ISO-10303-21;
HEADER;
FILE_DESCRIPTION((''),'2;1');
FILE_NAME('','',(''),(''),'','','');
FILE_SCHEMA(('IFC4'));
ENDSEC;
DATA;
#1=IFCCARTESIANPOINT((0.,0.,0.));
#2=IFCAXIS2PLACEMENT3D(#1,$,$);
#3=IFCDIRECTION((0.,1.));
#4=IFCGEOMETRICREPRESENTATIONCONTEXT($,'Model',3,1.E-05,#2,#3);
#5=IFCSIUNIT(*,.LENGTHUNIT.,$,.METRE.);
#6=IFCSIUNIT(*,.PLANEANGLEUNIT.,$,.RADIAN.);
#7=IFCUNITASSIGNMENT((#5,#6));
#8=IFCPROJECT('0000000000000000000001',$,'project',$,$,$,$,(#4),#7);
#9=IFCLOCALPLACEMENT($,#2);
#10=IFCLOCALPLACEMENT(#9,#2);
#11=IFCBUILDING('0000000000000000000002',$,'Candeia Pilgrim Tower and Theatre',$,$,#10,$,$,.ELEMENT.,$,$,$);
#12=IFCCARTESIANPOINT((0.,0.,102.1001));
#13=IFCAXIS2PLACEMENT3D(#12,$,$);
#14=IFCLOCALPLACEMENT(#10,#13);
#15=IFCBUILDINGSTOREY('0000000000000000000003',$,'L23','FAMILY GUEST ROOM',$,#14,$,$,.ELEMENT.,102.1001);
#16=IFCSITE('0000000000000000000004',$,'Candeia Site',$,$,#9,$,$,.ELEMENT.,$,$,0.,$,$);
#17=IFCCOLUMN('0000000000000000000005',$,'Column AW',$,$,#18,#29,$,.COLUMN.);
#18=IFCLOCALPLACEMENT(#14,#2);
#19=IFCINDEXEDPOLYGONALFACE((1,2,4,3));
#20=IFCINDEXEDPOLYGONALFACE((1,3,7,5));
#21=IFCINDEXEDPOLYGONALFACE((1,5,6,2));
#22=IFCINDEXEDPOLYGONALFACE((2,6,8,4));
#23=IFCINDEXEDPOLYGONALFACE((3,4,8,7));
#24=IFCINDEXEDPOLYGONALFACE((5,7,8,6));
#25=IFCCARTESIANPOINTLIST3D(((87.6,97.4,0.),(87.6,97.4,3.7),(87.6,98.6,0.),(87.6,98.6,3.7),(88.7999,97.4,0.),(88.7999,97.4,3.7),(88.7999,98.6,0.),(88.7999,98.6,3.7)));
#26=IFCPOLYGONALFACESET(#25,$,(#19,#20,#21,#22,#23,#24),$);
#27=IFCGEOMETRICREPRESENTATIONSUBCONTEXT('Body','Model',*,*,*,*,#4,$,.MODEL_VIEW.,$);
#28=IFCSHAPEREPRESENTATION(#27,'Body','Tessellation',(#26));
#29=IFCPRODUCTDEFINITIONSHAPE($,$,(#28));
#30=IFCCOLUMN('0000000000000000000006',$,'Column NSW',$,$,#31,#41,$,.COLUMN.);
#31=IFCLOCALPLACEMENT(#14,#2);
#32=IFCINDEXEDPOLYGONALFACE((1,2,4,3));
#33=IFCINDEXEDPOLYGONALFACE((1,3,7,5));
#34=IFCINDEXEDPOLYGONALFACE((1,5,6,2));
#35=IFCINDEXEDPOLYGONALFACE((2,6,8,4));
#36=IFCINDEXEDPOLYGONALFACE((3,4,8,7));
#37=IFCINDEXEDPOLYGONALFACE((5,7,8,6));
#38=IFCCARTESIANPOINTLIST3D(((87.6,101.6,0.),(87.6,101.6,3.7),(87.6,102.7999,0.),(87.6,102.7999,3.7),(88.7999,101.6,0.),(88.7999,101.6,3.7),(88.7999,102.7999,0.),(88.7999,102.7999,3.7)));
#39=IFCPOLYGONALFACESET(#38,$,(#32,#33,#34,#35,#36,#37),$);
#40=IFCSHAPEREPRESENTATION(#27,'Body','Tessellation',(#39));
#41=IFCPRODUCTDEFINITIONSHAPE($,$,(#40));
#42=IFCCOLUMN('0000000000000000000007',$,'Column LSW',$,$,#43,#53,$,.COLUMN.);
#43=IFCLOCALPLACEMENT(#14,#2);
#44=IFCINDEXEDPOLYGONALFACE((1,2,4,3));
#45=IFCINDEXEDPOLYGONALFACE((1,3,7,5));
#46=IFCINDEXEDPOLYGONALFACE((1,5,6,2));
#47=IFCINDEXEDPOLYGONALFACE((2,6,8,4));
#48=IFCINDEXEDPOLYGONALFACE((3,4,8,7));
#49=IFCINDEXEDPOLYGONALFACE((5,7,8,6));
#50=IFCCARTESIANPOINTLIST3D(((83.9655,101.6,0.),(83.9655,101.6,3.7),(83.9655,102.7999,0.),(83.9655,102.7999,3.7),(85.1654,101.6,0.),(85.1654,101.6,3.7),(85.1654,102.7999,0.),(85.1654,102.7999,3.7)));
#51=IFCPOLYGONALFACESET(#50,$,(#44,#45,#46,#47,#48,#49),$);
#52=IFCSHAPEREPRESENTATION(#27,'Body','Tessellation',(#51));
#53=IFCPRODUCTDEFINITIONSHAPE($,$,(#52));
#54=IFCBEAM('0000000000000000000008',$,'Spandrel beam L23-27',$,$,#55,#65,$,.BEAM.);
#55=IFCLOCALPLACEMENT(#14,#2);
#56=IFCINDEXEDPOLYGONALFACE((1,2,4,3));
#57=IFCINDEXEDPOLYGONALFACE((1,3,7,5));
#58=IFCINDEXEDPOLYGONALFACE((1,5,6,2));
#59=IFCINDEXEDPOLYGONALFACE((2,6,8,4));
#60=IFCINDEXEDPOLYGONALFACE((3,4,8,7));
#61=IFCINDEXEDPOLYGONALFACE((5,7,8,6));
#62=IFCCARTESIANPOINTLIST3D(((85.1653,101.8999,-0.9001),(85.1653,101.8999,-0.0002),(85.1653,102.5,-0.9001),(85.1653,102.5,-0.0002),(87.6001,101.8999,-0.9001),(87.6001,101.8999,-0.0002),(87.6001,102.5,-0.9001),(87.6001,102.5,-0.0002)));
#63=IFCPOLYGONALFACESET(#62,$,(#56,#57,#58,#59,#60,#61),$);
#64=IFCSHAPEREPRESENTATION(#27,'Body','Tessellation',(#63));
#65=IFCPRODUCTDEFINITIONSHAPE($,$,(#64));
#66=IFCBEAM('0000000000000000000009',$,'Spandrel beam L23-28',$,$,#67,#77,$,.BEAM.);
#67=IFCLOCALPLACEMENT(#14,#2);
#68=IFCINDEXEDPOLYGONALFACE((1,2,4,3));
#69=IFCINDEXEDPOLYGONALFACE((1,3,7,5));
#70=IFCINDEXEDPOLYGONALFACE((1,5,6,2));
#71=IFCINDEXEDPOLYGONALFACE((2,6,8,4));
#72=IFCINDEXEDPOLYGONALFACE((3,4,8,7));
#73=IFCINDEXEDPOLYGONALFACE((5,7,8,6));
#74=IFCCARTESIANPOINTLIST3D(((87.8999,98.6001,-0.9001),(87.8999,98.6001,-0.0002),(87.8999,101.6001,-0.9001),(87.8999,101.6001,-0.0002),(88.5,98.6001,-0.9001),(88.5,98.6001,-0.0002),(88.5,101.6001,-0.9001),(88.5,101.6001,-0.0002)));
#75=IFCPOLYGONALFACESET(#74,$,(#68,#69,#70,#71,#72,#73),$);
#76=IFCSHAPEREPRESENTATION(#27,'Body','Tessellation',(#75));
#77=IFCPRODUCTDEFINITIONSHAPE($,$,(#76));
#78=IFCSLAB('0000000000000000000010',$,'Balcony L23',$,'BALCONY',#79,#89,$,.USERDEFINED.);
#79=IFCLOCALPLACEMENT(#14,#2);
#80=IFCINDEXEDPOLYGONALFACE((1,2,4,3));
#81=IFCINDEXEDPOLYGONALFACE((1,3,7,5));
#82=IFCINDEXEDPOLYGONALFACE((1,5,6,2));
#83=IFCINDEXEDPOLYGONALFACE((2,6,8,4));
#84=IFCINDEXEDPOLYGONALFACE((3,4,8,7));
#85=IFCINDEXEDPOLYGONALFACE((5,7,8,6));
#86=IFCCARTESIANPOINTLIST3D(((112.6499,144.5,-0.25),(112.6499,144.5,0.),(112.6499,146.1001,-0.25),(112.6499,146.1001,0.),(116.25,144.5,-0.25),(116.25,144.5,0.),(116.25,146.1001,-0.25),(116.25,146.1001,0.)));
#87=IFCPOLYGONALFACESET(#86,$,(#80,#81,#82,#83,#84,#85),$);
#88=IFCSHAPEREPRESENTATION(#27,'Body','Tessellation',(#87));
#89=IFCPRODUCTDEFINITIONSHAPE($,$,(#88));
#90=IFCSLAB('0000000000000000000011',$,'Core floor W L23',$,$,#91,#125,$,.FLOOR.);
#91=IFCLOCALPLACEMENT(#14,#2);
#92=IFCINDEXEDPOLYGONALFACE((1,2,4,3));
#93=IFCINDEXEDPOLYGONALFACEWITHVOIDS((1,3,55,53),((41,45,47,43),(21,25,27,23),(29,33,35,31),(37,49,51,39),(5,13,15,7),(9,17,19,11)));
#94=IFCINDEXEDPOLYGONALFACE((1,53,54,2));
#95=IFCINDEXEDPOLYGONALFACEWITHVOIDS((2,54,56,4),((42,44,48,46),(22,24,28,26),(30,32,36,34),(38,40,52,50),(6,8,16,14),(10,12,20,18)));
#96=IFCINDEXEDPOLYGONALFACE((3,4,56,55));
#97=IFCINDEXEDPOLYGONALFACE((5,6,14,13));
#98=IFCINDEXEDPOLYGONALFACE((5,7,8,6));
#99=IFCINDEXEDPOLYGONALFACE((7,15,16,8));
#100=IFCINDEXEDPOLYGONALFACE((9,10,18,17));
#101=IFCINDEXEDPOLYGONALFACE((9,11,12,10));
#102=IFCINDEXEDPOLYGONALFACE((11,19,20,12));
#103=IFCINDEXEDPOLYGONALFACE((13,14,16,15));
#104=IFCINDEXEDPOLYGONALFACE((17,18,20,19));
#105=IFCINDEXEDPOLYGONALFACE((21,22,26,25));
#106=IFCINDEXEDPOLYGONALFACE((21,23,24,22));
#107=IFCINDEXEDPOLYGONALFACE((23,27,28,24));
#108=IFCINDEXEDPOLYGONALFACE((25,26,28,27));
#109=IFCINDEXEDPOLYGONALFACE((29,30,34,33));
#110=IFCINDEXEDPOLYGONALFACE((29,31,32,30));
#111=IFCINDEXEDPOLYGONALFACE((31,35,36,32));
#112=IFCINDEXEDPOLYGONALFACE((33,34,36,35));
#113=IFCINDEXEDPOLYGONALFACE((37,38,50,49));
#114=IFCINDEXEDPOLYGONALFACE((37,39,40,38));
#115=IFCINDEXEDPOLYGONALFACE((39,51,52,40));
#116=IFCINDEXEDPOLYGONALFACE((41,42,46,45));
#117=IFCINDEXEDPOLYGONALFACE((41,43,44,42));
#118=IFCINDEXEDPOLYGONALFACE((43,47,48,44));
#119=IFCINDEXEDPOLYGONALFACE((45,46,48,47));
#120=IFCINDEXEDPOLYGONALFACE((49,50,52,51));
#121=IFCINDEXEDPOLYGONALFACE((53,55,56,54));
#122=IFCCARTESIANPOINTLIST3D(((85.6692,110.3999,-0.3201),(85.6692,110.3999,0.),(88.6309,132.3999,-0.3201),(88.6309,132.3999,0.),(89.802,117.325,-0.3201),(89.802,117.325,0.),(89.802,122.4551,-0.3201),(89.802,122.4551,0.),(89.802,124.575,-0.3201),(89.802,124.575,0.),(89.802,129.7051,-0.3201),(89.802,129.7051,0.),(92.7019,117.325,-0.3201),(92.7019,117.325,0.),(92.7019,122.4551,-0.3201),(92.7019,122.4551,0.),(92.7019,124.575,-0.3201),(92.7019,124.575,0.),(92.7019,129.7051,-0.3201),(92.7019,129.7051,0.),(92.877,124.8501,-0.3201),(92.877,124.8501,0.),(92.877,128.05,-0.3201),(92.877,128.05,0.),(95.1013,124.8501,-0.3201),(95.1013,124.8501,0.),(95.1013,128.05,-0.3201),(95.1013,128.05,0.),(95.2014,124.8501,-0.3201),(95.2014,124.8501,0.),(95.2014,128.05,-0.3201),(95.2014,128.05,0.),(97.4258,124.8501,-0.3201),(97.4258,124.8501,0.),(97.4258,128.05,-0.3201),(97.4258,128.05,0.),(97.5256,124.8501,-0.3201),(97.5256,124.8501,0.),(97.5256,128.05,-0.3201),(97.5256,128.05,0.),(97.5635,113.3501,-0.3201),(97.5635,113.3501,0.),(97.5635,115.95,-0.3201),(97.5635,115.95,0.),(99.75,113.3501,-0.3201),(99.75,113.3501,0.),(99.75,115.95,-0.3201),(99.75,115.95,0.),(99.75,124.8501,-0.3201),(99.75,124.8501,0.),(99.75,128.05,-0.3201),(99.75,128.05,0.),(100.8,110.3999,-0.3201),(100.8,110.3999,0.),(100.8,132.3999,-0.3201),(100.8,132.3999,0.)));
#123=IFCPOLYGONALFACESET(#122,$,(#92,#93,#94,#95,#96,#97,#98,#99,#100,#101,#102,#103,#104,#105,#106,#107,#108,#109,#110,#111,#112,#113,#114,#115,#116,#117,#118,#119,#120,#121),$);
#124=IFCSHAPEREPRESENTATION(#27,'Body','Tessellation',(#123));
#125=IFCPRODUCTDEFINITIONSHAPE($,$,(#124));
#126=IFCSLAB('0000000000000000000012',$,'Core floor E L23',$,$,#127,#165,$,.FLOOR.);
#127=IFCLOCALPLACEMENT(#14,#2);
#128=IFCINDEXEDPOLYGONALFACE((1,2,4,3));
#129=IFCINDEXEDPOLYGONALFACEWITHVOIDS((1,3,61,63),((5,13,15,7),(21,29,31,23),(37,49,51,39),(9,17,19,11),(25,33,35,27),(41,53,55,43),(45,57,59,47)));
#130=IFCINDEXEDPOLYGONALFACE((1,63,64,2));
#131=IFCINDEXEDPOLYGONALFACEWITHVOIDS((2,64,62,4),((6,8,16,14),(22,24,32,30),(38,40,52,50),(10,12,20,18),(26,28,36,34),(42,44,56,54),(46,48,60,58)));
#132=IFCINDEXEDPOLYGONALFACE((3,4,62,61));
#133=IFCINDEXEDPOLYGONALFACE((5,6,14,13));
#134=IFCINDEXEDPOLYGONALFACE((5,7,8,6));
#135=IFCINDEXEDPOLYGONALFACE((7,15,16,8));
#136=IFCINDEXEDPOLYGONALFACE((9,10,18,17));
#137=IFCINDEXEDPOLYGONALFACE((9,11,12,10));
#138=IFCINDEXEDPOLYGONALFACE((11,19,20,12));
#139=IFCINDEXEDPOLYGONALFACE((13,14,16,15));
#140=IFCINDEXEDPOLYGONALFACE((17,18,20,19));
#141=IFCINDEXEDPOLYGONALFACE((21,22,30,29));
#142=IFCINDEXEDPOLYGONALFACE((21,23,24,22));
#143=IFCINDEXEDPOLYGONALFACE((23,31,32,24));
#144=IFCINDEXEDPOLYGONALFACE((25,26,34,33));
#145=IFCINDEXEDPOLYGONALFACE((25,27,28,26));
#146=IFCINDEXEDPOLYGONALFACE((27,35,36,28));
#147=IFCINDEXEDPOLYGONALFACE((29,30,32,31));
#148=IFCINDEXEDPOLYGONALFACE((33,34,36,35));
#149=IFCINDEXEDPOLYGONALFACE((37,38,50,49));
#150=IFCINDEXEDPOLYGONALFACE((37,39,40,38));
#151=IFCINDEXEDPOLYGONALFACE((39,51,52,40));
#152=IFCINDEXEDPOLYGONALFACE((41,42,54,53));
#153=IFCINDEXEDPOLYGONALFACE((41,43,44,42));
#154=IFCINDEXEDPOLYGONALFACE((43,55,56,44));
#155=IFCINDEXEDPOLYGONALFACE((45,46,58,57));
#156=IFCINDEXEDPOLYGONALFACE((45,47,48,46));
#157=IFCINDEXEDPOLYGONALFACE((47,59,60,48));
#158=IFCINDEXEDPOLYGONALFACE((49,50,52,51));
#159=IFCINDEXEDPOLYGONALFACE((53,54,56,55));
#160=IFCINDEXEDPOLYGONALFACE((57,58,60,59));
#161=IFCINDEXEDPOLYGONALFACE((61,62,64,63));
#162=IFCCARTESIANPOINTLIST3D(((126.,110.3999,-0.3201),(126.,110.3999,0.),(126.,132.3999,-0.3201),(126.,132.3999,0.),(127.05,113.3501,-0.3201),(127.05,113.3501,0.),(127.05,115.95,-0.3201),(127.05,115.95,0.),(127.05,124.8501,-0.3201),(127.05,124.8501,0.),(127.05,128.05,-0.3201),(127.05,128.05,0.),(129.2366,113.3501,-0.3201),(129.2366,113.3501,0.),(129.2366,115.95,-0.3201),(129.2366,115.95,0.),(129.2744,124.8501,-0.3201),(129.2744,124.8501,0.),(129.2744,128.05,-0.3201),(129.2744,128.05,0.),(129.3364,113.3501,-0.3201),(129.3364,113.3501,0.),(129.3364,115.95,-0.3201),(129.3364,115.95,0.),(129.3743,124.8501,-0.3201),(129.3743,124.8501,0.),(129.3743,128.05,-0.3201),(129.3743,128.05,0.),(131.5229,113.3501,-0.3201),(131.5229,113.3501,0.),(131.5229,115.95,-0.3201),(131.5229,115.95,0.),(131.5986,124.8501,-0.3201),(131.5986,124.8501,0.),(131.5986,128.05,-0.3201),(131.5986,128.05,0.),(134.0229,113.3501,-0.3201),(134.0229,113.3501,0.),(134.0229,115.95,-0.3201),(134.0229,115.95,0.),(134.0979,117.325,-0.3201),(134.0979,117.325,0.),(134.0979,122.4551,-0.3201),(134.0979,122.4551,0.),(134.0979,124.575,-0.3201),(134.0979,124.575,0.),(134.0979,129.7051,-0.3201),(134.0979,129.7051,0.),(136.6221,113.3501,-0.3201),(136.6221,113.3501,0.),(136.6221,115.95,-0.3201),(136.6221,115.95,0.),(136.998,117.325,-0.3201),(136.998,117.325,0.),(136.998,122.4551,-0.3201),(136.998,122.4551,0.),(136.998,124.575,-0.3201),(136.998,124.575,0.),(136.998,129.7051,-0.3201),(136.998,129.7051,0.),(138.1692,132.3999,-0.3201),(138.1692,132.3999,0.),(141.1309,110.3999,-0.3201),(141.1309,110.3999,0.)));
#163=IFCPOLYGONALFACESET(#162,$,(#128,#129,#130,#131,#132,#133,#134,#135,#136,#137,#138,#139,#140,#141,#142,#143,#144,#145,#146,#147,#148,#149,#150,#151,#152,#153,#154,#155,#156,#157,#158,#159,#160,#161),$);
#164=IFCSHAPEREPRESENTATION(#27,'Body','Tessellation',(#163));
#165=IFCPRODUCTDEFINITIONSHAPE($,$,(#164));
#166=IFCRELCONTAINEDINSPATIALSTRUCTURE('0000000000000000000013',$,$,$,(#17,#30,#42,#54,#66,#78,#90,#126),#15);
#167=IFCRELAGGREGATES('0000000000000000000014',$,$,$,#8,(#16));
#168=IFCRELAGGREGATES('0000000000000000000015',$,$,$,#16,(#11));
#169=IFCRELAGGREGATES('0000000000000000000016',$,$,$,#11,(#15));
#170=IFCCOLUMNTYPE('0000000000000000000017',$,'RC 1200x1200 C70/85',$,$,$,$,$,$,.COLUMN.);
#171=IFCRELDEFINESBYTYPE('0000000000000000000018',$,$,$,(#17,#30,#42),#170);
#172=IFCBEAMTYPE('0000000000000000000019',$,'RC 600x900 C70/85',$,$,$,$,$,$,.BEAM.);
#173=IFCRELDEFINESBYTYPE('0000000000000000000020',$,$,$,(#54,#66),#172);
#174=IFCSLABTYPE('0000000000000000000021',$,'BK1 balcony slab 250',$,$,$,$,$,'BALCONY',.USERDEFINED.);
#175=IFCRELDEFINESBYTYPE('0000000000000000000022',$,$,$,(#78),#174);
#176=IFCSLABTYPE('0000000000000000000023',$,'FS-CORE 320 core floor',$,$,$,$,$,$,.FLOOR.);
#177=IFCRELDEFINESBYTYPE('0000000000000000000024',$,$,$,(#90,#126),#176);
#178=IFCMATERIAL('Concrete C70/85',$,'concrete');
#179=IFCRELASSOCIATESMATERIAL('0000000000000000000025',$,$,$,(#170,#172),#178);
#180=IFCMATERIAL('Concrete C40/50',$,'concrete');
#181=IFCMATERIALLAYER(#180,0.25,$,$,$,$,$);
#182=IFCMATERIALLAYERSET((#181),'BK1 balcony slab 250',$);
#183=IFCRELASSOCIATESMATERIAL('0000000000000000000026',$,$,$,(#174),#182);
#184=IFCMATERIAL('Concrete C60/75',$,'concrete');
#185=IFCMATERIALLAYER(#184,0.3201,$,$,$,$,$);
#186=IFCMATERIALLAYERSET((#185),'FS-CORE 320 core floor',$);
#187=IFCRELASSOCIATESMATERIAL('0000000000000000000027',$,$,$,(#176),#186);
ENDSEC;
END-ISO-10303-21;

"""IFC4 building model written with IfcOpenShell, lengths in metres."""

from ifc_helpers import new_model, si_unit, direction, frame, origin, origin_2d, place, context, subcontext, project, spatial, polyline, rectangle, outline, extrude, material, layer, layer_set, material_profile, profile_set, type_object, element, save


model = new_model("IFC4")

# Units and contexts
model_context = context("Model", 3, precision=1e-05, world=origin(), true_north=direction((0.0, 1.0)))
body_context = subcontext(model_context, "Body", "Model", "MODEL_VIEW")
ifc_project = project(units=[si_unit("LENGTHUNIT", "METRE"), si_unit("PLANEANGLEUNIT", "RADIAN")], contexts=[model_context])

# Site, building, storey
site_placement = place(None, origin())
site = spatial("IfcSite", under=ifc_project, at=site_placement, Name="Candeia Site", CompositionType="ELEMENT", RefElevation=0.0)
building_placement = place(site_placement, origin())
building = spatial("IfcBuilding", under=site, at=building_placement, Name="Candeia Pilgrim Tower and Theatre", CompositionType="ELEMENT")
storey_placement = place(building_placement, frame((0.0, 0.0, 102.1001)))
storey = spatial("IfcBuildingStorey", under=building, at=storey_placement, Name="L23", Description="FAMILY GUEST ROOM", CompositionType="ELEMENT", Elevation=102.1001)

# Columns
ifc_material_1 = material(Name="Concrete C70/85", Category="concrete")
ifc_material_profile_1 = material_profile(ifc_material_1, rectangle(XDim=1.2, YDim=1.2, at=origin_2d()))
ifc_profile_set_1 = profile_set([ifc_material_profile_1], Name="Concrete C70/85")
column_type = type_object("IfcColumnType", Name="RC 1200x1200 C70/85", PredefinedType="COLUMN", material=ifc_profile_set_1)
for number, where, z_axis, x_axis, name in (
    (1, (88.2, 98.0, 0.0), (0.0, 0.0, 1.0), (1.0, 0.0, 0.0), "Column AW"),
    (2, (88.2, 102.2, 0.0), (0.0, 0.0, 1.0), (1.0, 0.0, 0.0), "Column NSW"),
    (3, (84.5654, 102.2, 0.0), (0.0, 0.0, 1.0), (1.0, 0.0, 0.0), "Column LSW"),
):
    element("IfcColumn", number, at=place(storey_placement, frame(where, z_axis=z_axis, x_axis=x_axis)), inside=storey, type_object=column_type, Name=name, PredefinedType="COLUMN", context=body_context, shape_type="SweptSolid", body=[
        extrude(rectangle(XDim=1.2, YDim=1.2, at=origin_2d()), origin(), (0.0, 0.0, 1.0), 3.7),
    ])

# Beams
ifc_material_profile_2 = material_profile(ifc_material_1, rectangle(XDim=0.6001, YDim=0.8999, at=origin_2d()))
ifc_profile_set_2 = profile_set([ifc_material_profile_2], Name="Concrete C70/85")
beam_type = type_object("IfcBeamType", Name="RC 600x900 C70/85", PredefinedType="BEAM", material=ifc_profile_set_2)
beam_1_placement = place(storey_placement, frame((85.1653, 102.2, -0.4502), z_axis=(1.0, 0.0, 0.0), x_axis=(0.0, 1.0, 0.0)))
element("IfcBeam", 4, at=beam_1_placement, inside=storey, type_object=beam_type, Name="Spandrel beam L23-27", PredefinedType="BEAM", context=body_context, shape_type="SweptSolid", body=[
    extrude(rectangle(XDim=0.6001, YDim=0.8999, at=origin_2d()), origin(), (0.0, 0.0, 1.0), 2.4348),
])
beam_2_placement = place(storey_placement, frame((88.2, 101.6001, -0.4502), z_axis=(0.0, -1.0, 0.0), x_axis=(1.0, 0.0, 0.0)))
element("IfcBeam", 5, at=beam_2_placement, inside=storey, type_object=beam_type, Name="Spandrel beam L23-28", PredefinedType="BEAM", context=body_context, shape_type="SweptSolid", body=[
    extrude(rectangle(XDim=0.6001, YDim=0.8999, at=origin_2d()), origin(), (0.0, 0.0, 1.0), 3.0),
])

# Slabs
ifc_material_2 = material(Name="Concrete C40/50", Category="concrete")
ifc_layer_1 = layer(ifc_material_2, 0.25)
ifc_layer_set_1 = layer_set([ifc_layer_1], Name="BK1 balcony slab 250")
slab_type_1 = type_object("IfcSlabType", Name="BK1 balcony slab 250", ElementType="BALCONY", PredefinedType="USERDEFINED", material=ifc_layer_set_1)
slab_1_placement = place(storey_placement, frame((0.0, 0.0, -0.25)))
element("IfcSlab", 6, at=slab_1_placement, inside=storey, type_object=slab_type_1, Name="Balcony L23", ObjectType="BALCONY", PredefinedType="USERDEFINED", context=body_context, shape_type="SweptSolid", body=[
    extrude(outline(polyline([(112.6499, 144.5), (116.25, 144.5), (116.25, 146.1001), (112.6499, 146.1001), (112.6499, 144.5)])), origin(), (0.0, 0.0, 1.0), 0.25),
])
ifc_material_3 = material(Name="Concrete C60/75", Category="concrete")
ifc_layer_2 = layer(ifc_material_3, 0.3201)
ifc_layer_set_2 = layer_set([ifc_layer_2], Name="FS-CORE 320 core floor")
slab_type_2 = type_object("IfcSlabType", Name="FS-CORE 320 core floor", PredefinedType="FLOOR", material=ifc_layer_set_2)
slab_2_placement = place(storey_placement, frame((0.0, 0.0, -0.3201)))
element("IfcSlab", 7, at=slab_2_placement, inside=storey, type_object=slab_type_2, Name="Core floor W L23", PredefinedType="FLOOR", context=body_context, shape_type="SweptSolid", body=[
    extrude(outline(polyline([(100.8, 132.3999), (100.8, 110.3999), (85.6692, 110.3999), (88.6309, 132.3999), (100.8, 132.3999)]), holes=[polyline([(97.5256, 128.05), (97.5256, 124.8501), (99.75, 124.8501), (99.75, 128.05), (97.5256, 128.05)]), polyline([(97.5635, 113.3501), (99.75, 113.3501), (99.75, 115.95), (97.5635, 115.95), (97.5635, 113.3501)]), polyline([(95.2014, 124.8501), (97.4258, 124.8501), (97.4258, 128.05), (95.2014, 128.05), (95.2014, 124.8501)]), polyline([(92.877, 128.05), (92.877, 124.8501), (95.1013, 124.8501), (95.1013, 128.05), (92.877, 128.05)]), polyline([(89.802, 122.4551), (89.802, 117.325), (92.7019, 117.325), (92.7019, 122.4551), (89.802, 122.4551)]), polyline([(89.802, 129.7051), (89.802, 124.575), (92.7019, 124.575), (92.7019, 129.7051), (89.802, 129.7051)])]), origin(), (0.0, 0.0, 1.0), 0.3201),
])
slab_3_placement = place(storey_placement, frame((0.0, 0.0, -0.3201)))
element("IfcSlab", 8, at=slab_3_placement, inside=storey, type_object=slab_type_2, Name="Core floor E L23", PredefinedType="FLOOR", context=body_context, shape_type="SweptSolid", body=[
    extrude(outline(polyline([(138.1692, 132.3999), (141.1309, 110.3999), (126.0, 110.3999), (126.0, 132.3999), (138.1692, 132.3999)]), holes=[polyline([(134.0979, 122.4551), (134.0979, 117.325), (136.998, 117.325), (136.998, 122.4551), (134.0979, 122.4551)]), polyline([(134.0979, 129.7051), (134.0979, 124.575), (136.998, 124.575), (136.998, 129.7051), (134.0979, 129.7051)]), polyline([(136.6221, 115.95), (134.0229, 115.95), (134.0229, 113.3501), (136.6221, 113.3501), (136.6221, 115.95)]), polyline([(131.5986, 128.05), (129.3743, 128.05), (129.3743, 124.8501), (131.5986, 124.8501), (131.5986, 128.05)]), polyline([(131.5229, 115.95), (129.3364, 115.95), (129.3364, 113.3501), (131.5229, 113.3501), (131.5229, 115.95)]), polyline([(129.2744, 128.05), (127.05, 128.05), (127.05, 124.8501), (129.2744, 124.8501), (129.2744, 128.05)]), polyline([(127.05, 115.95), (127.05, 113.3501), (129.2366, 113.3501), (129.2366, 115.95), (127.05, 115.95)])]), origin(), (0.0, 0.0, 1.0), 0.3201),
])

save(model, "model.ifc")
